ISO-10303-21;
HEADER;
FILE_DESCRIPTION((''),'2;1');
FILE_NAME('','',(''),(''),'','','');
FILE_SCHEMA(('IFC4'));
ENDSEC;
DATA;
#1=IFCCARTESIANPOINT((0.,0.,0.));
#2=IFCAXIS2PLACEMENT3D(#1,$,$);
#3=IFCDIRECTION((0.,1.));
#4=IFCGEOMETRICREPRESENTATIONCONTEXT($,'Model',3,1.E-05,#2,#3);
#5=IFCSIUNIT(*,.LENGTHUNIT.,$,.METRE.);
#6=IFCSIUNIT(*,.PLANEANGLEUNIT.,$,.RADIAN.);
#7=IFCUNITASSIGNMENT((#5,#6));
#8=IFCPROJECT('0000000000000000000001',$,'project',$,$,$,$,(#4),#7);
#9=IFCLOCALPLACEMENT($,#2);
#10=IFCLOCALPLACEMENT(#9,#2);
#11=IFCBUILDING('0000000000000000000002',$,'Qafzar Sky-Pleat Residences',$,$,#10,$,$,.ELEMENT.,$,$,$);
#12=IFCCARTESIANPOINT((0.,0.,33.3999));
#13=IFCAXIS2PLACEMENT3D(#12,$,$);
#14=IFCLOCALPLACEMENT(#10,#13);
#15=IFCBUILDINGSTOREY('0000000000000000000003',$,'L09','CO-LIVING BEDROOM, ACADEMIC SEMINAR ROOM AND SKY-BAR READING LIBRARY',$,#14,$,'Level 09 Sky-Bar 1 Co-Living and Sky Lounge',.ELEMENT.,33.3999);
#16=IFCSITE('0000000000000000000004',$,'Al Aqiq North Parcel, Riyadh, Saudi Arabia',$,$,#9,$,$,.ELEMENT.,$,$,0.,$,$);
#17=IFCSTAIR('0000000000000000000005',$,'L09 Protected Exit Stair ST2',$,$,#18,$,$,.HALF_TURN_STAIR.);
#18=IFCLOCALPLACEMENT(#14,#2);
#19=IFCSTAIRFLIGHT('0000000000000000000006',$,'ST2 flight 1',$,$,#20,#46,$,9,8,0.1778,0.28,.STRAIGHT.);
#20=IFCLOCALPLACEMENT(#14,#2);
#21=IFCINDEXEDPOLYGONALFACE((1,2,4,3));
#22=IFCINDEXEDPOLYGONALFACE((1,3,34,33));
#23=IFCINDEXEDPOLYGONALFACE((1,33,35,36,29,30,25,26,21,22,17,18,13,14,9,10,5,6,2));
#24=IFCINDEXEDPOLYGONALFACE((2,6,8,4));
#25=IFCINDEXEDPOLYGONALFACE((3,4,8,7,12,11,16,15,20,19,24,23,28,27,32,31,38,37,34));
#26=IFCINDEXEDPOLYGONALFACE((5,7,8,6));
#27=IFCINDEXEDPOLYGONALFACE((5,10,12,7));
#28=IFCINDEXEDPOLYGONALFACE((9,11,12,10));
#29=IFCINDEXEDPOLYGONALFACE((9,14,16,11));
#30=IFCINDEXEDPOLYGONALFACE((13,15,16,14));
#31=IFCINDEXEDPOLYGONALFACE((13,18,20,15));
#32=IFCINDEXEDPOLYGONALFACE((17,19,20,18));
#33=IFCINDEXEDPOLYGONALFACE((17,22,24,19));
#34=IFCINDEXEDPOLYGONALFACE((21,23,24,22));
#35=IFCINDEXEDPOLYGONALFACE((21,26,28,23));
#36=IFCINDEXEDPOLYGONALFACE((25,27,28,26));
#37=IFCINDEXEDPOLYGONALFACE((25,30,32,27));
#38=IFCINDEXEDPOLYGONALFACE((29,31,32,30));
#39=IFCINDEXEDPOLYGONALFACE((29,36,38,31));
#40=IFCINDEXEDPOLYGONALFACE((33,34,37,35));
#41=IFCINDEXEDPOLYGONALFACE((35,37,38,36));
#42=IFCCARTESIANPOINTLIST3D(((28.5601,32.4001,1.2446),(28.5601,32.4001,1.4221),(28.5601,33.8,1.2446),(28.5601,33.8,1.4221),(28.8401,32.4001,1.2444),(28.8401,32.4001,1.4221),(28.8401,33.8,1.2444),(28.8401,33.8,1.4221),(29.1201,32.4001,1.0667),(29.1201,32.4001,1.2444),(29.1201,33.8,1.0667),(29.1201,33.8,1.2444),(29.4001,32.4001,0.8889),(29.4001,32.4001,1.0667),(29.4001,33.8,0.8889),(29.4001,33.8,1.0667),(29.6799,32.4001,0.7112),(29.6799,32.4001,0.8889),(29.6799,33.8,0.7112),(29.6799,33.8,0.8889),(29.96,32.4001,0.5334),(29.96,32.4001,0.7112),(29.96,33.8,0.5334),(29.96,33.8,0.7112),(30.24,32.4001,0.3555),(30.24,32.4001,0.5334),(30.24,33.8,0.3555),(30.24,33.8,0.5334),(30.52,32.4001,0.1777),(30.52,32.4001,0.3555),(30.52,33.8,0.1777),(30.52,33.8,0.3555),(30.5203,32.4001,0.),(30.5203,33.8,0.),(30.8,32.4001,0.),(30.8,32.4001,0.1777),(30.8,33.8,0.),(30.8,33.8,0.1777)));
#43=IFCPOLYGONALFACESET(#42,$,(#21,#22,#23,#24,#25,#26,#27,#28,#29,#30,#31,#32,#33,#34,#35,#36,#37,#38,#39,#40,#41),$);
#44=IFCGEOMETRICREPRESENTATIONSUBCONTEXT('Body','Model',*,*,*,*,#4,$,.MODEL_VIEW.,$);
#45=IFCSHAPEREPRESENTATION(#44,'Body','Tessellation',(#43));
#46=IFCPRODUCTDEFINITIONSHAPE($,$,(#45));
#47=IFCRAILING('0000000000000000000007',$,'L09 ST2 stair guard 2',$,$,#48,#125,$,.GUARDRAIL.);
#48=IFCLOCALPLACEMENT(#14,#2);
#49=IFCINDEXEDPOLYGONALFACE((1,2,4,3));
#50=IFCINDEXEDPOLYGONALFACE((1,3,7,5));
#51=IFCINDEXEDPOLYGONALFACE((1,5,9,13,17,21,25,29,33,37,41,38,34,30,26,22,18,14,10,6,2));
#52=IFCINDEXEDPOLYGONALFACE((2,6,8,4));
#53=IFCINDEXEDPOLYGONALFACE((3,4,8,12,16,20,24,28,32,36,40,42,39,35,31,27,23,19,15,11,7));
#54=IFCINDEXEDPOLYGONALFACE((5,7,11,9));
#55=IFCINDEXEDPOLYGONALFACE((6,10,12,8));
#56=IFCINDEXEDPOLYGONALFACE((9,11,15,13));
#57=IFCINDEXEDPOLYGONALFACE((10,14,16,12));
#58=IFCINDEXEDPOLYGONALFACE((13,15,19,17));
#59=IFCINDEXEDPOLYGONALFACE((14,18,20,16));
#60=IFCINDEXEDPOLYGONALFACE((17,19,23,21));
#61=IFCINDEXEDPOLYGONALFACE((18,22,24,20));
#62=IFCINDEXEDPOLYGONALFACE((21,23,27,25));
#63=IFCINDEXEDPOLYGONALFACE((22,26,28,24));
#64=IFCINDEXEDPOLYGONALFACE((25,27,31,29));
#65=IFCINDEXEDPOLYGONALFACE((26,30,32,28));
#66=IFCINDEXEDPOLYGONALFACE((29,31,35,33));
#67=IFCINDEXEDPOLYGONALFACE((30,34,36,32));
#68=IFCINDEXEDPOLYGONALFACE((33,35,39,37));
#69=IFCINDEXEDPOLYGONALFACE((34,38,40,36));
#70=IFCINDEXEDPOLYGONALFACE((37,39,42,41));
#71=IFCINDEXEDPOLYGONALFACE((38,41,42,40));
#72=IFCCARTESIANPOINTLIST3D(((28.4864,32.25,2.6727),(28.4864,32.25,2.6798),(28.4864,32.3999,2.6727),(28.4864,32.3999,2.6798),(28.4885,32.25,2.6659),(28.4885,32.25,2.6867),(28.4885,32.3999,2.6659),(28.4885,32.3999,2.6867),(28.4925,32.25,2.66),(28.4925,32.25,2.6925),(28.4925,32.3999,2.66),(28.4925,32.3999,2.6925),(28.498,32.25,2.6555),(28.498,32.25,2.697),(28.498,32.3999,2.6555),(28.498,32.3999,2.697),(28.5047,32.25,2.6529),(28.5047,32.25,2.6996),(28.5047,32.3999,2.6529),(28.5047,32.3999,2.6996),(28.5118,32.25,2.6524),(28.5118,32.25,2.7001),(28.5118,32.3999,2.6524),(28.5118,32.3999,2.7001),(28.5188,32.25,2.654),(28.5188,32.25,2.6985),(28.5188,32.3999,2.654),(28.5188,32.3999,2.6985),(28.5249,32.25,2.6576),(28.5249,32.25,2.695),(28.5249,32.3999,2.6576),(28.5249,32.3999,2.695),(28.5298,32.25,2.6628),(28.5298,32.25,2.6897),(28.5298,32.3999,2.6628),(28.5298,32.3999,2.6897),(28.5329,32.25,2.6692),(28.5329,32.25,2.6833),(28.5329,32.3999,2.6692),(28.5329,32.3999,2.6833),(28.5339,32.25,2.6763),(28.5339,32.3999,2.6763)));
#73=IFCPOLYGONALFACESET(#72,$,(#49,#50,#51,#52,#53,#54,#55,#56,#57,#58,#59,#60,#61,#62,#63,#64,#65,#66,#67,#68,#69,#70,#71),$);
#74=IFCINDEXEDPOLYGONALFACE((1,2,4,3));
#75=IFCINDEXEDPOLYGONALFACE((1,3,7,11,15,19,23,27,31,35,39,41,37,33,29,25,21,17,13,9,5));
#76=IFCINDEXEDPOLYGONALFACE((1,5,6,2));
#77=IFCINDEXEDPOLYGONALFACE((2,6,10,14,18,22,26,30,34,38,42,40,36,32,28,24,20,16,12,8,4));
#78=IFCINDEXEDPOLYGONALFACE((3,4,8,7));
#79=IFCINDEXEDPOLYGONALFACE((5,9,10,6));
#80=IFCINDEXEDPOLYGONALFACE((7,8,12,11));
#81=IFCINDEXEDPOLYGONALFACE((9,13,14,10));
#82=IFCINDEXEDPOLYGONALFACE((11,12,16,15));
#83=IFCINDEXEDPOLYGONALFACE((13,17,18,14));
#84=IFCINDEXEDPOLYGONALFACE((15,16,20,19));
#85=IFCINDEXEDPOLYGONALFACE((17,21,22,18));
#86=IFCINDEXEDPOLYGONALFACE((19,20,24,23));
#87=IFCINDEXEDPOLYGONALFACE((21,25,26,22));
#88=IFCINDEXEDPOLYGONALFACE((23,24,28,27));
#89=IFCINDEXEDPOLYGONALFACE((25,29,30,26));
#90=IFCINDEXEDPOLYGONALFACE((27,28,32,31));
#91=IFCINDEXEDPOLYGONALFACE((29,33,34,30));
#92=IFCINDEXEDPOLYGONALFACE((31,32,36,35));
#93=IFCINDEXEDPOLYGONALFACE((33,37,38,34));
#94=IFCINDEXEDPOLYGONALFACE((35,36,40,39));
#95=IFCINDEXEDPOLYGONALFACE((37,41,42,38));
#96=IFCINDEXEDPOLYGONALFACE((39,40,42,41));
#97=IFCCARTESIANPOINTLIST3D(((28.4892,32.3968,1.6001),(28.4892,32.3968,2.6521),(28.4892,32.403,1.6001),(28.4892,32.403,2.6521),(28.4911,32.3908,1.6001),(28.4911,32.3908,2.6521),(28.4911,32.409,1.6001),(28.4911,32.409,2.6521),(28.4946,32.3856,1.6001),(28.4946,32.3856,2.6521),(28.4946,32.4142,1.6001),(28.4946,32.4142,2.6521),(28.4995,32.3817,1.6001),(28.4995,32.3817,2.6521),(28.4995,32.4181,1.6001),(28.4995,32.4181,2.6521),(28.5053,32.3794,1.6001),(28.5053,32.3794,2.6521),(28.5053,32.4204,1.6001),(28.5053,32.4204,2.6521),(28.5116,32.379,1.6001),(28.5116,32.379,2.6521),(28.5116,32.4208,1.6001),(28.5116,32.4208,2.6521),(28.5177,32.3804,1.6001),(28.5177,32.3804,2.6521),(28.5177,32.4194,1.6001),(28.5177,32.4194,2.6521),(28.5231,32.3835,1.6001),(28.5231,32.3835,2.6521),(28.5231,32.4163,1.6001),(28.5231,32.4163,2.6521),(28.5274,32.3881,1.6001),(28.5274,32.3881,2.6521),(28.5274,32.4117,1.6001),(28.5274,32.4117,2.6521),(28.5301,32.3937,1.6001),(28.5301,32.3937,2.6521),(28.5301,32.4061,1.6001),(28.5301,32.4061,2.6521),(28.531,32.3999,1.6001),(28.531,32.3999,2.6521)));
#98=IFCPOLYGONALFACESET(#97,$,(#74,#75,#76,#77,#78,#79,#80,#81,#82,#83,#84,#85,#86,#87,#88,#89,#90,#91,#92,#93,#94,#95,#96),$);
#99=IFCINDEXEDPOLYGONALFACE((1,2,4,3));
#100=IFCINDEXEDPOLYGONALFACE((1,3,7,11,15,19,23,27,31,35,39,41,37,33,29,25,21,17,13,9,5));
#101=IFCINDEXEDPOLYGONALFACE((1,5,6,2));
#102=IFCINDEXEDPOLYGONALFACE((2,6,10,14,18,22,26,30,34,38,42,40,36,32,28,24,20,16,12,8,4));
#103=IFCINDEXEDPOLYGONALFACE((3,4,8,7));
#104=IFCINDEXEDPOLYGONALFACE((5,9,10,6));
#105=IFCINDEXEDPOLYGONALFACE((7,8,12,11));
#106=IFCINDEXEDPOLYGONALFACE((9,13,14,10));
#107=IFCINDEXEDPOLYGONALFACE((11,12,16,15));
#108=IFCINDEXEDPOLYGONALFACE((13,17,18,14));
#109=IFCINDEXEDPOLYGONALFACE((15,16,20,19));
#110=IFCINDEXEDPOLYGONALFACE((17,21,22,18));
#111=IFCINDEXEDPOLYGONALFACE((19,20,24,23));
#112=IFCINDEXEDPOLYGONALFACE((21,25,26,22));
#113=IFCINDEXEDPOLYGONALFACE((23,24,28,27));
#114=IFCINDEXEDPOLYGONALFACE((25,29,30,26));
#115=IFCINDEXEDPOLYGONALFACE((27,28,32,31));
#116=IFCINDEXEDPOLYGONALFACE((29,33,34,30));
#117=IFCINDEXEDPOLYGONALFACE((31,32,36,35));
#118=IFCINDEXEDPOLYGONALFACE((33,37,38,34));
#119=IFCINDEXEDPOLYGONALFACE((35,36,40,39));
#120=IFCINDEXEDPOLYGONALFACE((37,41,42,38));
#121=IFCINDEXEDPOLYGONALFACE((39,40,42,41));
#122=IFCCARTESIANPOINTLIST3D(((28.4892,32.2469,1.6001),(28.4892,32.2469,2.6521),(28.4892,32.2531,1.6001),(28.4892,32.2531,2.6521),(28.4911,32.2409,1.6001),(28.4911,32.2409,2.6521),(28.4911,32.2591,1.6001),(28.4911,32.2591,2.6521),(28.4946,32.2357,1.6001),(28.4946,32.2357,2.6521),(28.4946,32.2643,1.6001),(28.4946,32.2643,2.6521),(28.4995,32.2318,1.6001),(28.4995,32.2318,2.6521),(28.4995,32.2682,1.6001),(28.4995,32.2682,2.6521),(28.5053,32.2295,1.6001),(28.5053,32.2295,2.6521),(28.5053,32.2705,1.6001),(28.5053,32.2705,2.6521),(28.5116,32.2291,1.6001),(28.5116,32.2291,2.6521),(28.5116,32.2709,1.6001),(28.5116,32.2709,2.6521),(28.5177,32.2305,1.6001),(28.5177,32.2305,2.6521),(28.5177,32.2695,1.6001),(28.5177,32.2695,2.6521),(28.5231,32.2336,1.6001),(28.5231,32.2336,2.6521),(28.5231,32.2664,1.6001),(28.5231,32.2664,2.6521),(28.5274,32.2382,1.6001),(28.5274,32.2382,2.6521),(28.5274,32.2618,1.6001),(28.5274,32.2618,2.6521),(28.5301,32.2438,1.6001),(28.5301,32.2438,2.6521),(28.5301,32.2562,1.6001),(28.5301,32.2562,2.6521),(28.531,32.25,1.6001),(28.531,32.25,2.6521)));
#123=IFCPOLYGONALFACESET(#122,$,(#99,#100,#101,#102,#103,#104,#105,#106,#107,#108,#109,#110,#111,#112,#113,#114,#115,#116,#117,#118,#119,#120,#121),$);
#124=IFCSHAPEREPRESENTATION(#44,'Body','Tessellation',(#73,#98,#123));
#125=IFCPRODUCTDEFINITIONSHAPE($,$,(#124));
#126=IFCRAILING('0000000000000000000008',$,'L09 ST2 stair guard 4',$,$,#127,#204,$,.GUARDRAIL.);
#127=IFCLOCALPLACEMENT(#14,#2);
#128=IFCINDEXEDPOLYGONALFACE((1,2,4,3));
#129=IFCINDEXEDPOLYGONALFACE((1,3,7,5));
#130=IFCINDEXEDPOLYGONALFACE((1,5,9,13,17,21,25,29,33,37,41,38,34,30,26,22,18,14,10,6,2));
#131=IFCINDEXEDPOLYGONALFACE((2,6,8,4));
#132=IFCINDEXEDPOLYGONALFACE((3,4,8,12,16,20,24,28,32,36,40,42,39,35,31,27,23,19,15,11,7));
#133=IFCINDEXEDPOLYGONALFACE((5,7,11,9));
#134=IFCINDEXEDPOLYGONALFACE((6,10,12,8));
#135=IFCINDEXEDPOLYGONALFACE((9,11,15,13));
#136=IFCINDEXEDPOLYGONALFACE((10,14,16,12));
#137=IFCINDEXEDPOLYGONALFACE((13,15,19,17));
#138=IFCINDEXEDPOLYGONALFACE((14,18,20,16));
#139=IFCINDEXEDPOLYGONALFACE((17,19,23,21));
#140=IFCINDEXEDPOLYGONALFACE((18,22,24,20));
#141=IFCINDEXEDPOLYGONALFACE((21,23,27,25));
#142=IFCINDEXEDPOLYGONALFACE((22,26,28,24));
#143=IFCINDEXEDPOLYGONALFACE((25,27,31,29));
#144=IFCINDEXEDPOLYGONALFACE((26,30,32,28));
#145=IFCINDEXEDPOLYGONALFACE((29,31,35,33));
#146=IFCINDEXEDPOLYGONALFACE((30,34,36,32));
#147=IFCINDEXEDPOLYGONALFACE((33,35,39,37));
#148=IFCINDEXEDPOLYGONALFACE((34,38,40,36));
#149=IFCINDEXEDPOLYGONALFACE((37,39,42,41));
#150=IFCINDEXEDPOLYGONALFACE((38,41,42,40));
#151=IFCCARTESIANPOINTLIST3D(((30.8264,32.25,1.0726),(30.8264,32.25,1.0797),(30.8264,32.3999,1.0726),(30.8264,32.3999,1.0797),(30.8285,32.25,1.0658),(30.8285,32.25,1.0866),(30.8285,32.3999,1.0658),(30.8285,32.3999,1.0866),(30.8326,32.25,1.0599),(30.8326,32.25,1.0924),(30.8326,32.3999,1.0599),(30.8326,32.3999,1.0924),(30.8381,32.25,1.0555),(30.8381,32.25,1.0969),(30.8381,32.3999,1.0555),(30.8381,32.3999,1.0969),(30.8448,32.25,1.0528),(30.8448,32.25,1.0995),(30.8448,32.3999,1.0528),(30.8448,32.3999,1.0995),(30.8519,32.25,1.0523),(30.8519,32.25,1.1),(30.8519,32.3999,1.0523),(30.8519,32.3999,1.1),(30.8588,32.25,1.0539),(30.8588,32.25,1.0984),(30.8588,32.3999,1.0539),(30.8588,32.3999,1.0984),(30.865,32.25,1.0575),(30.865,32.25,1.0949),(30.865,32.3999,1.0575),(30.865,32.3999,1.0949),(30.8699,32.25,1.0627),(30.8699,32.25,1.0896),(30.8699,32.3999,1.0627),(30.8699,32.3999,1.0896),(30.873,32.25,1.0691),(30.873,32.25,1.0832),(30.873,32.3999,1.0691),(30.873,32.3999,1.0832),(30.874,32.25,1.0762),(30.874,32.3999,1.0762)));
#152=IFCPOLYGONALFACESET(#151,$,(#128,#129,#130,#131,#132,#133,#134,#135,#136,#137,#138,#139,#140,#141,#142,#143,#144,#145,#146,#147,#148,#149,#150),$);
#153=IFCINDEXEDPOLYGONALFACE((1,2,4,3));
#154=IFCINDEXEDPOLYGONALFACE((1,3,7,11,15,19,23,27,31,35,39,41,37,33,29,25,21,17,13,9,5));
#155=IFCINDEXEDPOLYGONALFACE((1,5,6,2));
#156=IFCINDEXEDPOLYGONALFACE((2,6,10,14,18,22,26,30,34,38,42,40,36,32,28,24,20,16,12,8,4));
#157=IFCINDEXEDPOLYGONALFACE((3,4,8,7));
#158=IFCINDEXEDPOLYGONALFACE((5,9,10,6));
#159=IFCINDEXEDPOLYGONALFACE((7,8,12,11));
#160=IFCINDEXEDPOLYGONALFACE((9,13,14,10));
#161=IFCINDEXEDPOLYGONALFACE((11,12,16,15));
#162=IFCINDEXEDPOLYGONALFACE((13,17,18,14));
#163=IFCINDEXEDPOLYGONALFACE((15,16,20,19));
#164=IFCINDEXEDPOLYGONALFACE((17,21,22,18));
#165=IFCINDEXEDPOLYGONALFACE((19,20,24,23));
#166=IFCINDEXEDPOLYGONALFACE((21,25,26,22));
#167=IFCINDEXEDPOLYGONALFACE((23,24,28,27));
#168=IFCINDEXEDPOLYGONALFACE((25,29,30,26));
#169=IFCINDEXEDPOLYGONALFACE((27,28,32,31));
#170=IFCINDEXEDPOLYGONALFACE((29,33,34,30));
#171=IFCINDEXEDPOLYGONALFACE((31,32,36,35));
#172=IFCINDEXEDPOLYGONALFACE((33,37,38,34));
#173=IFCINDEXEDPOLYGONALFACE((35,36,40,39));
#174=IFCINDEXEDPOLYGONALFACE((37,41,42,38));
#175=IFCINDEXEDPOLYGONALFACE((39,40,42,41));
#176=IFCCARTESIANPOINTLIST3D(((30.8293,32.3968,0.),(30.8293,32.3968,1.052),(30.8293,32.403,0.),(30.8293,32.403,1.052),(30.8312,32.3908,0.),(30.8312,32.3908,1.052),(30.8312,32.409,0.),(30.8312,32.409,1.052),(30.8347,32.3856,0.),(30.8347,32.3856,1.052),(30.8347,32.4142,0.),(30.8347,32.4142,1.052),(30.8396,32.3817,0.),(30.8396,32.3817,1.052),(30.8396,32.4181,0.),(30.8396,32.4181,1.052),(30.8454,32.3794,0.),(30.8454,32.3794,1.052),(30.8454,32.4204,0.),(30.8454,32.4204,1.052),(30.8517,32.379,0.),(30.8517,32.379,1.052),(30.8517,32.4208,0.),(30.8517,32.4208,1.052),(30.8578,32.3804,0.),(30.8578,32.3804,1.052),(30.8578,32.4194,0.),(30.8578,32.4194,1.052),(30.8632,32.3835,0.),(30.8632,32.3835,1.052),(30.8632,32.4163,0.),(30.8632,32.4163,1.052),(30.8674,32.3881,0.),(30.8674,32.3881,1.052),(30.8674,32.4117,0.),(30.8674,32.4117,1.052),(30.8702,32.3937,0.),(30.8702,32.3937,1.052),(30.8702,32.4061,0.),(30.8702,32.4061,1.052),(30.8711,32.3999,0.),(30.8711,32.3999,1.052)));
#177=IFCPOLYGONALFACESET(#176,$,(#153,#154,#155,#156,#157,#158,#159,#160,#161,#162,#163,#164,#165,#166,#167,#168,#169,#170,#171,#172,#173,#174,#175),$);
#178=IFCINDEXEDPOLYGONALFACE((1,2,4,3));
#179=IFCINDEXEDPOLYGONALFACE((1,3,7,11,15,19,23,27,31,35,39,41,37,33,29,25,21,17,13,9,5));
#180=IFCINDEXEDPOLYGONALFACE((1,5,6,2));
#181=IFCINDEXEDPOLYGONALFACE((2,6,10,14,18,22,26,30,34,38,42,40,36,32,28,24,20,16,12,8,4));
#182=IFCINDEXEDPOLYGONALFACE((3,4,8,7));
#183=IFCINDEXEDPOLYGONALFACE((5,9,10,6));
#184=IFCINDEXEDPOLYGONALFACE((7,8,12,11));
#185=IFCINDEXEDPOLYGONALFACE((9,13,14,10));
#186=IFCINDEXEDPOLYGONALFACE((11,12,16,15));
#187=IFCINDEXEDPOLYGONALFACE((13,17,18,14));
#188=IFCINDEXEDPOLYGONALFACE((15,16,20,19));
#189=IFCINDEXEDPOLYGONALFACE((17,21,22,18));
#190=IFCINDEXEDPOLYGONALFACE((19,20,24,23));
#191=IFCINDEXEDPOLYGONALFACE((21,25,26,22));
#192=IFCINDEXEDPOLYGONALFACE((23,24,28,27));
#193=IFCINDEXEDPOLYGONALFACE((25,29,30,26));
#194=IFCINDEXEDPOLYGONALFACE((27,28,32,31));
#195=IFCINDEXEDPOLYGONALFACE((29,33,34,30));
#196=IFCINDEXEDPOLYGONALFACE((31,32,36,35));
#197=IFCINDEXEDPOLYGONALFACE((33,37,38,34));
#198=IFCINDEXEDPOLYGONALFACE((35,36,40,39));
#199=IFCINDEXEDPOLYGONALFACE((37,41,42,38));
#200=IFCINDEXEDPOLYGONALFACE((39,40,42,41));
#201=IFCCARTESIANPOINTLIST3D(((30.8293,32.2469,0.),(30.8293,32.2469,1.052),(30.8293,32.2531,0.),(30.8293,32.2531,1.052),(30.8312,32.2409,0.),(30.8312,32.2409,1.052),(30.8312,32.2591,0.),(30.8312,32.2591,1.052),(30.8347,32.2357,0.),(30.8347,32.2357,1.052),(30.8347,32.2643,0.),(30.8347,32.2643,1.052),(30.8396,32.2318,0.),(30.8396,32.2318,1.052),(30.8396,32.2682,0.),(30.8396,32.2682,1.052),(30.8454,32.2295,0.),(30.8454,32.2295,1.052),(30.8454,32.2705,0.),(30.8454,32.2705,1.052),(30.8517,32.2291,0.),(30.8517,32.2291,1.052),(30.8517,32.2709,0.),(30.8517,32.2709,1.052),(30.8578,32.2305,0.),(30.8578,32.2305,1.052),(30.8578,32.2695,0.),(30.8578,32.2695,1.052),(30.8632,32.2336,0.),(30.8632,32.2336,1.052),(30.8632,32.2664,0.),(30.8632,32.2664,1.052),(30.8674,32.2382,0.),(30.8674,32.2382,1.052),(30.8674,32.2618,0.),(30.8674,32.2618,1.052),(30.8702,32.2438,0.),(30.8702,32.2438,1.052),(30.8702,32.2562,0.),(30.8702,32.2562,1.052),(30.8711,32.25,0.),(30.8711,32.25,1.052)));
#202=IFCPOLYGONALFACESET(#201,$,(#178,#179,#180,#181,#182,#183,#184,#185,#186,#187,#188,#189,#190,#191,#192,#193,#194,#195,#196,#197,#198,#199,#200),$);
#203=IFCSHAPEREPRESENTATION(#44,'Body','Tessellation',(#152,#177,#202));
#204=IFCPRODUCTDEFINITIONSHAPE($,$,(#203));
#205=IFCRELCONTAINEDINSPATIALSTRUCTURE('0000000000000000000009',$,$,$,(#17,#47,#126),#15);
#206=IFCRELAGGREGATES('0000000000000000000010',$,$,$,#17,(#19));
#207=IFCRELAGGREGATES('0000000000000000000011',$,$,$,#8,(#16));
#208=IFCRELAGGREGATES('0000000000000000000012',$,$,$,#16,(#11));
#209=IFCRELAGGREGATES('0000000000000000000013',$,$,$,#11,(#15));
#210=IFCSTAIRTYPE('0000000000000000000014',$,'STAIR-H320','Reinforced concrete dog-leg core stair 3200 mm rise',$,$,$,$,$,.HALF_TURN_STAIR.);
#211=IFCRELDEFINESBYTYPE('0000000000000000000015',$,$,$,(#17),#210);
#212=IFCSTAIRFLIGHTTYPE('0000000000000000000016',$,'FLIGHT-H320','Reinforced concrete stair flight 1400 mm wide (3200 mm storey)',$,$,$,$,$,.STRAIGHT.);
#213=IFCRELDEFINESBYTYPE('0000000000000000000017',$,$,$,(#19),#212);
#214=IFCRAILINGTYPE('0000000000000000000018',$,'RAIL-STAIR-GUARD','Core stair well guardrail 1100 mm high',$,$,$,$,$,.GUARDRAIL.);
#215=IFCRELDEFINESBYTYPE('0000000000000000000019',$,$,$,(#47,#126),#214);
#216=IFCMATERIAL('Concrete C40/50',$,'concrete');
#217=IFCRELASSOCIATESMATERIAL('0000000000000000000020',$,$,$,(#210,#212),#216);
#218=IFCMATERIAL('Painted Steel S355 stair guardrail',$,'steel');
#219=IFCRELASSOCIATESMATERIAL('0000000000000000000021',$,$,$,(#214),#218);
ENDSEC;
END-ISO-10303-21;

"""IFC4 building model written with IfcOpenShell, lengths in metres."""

from ifc_helpers import new_model, si_unit, direction, frame, origin, origin_2d, place, context, subcontext, project, spatial, polyline, circle, outline, extrude, source, transform, mapped, material, type_object, element, aggregate, save


model = new_model("IFC4")

# Units and contexts
model_context = context("Model", 3, precision=1e-05, world=origin(), true_north=direction((0.0, 1.0)))
body_context = subcontext(model_context, "Body", "Model", "MODEL_VIEW")
ifc_project = project(units=[si_unit("LENGTHUNIT", "METRE"), si_unit("PLANEANGLEUNIT", "RADIAN")], contexts=[model_context])

# Site, building, storey
site_placement = place(None, origin())
site = spatial("IfcSite", under=ifc_project, at=site_placement, Name="Al Aqiq North Parcel, Riyadh, Saudi Arabia", CompositionType="ELEMENT", RefElevation=0.0)
building_placement = place(site_placement, origin())
building = spatial("IfcBuilding", under=site, at=building_placement, Name="Qafzar Sky-Pleat Residences", CompositionType="ELEMENT")
storey_placement = place(building_placement, frame((0.0, 0.0, 33.3999)))
storey = spatial("IfcBuildingStorey", under=building, at=storey_placement, Name="L09", Description="CO-LIVING BEDROOM, ACADEMIC SEMINAR ROOM AND SKY-BAR READING LIBRARY", LongName="Level 09 Sky-Bar 1 Co-Living and Sky Lounge", CompositionType="ELEMENT", Elevation=33.3999)

# Stair, stair flight
ifc_material_1 = material(Name="Concrete C40/50", Category="concrete")
stair_type = type_object("IfcStairType", Name="STAIR-H320", Description="Reinforced concrete dog-leg core stair 3200 mm rise", PredefinedType="HALF_TURN_STAIR", material=ifc_material_1)
stair_placement = place(storey_placement, origin())
stair = element("IfcStair", 1, at=stair_placement, inside=storey, type_object=stair_type, Name="L09 Protected Exit Stair ST2", PredefinedType="HALF_TURN_STAIR")
stair_flight_type = type_object("IfcStairFlightType", Name="FLIGHT-H320", Description="Reinforced concrete stair flight 1400 mm wide (3200 mm storey)", PredefinedType="STRAIGHT", material=ifc_material_1)
shared_shape_1 = source(origin(), body_context, "Body", "SweptSolid", [
    extrude(outline(polyline([(0.0, 0.0), (0.0, 0.1777), (0.28, 0.1777), (0.28, 0.3555), (0.5601, 0.3555), (0.5601, 0.5334), (0.8401, 0.5334), (0.8401, 0.7112), (1.1201, 0.7112), (1.1201, 0.8889), (1.3999, 0.8889), (1.3999, 1.0667), (1.6799, 1.0667), (1.6799, 1.2444), (1.96, 1.2444), (1.96, 1.4221), (2.24, 1.4221), (2.24, 1.6001), (2.24, 1.2446), (0.2798, 0.0), (0.0, 0.0)])), frame((0.0, 0.7, 0.0), z_axis=(0.0, -1.0, 0.0), x_axis=(1.0, 0.0, 0.0)), (0.0, 0.0, 1.0), 1.3999),
])
stair_flight_placement = place(storey_placement, frame((30.8, 33.1001, 0.0), z_axis=(0.0, 0.0, 1.0), x_axis=(-1.0, 0.0, 0.0)))
stair_flight = element("IfcStairFlight", 2, at=stair_flight_placement, type_object=stair_flight_type, Name="ST2 flight 1", NumberOfRisers=9, NumberOfTreads=8, PredefinedType="STRAIGHT", RiserHeight=0.1778, TreadLength=0.28, context=body_context, shape_type="MappedRepresentation", body=[
    mapped(shared_shape_1, transform((0.0, 0.0, 0.0), x_axis=(1.0, 0.0, 0.0), y_axis=(0.0, 1.0, 0.0), z_axis=(0.0, 0.0, 1.0), scale=1.0)),
])
aggregate(stair, [stair_flight])

# Railings
ifc_material_2 = material(Name="Painted Steel S355 stair guardrail", Category="steel")
railing_type_1 = type_object("IfcRailingType", Name="RAIL-STAIR-GUARD", Description="Core stair well guardrail 1100 mm high", PredefinedType="GUARDRAIL", material=ifc_material_2)
shared_shape_2 = source(origin(), body_context, "Body", "SweptSolid", [
    extrude(circle(Radius=0.0239, at=origin_2d()), frame((0.0, 0.0, 1.0762), z_axis=(0.0, -1.0, 0.0), x_axis=(1.0, 0.0, 0.0)), (0.0, 0.0, 1.0), 0.1499),
    extrude(circle(Radius=0.021, at=origin_2d()), origin(), (0.0, 0.0, 1.0), 1.052),
    extrude(circle(Radius=0.021, at=origin_2d()), frame((0.0, -0.1499, 0.0)), (0.0, 0.0, 1.0), 1.052),
])
for number, where, name in (
    (3, (28.51, 32.3999, 1.6001), "L09 ST2 stair guard 2"),
    (4, (30.8501, 32.3999, 0.0), "L09 ST2 stair guard 4"),
):
    element("IfcRailing", number, at=place(storey_placement, frame(where)), inside=storey, type_object=railing_type_1, Name=name, PredefinedType="GUARDRAIL", context=body_context, shape_type="MappedRepresentation", body=[
        mapped(shared_shape_2, transform((0.0, 0.0, 0.0), x_axis=(1.0, 0.0, 0.0), y_axis=(0.0, 1.0, 0.0), z_axis=(0.0, 0.0, 1.0), scale=1.0)),
    ])

save(model, "model.ifc")
